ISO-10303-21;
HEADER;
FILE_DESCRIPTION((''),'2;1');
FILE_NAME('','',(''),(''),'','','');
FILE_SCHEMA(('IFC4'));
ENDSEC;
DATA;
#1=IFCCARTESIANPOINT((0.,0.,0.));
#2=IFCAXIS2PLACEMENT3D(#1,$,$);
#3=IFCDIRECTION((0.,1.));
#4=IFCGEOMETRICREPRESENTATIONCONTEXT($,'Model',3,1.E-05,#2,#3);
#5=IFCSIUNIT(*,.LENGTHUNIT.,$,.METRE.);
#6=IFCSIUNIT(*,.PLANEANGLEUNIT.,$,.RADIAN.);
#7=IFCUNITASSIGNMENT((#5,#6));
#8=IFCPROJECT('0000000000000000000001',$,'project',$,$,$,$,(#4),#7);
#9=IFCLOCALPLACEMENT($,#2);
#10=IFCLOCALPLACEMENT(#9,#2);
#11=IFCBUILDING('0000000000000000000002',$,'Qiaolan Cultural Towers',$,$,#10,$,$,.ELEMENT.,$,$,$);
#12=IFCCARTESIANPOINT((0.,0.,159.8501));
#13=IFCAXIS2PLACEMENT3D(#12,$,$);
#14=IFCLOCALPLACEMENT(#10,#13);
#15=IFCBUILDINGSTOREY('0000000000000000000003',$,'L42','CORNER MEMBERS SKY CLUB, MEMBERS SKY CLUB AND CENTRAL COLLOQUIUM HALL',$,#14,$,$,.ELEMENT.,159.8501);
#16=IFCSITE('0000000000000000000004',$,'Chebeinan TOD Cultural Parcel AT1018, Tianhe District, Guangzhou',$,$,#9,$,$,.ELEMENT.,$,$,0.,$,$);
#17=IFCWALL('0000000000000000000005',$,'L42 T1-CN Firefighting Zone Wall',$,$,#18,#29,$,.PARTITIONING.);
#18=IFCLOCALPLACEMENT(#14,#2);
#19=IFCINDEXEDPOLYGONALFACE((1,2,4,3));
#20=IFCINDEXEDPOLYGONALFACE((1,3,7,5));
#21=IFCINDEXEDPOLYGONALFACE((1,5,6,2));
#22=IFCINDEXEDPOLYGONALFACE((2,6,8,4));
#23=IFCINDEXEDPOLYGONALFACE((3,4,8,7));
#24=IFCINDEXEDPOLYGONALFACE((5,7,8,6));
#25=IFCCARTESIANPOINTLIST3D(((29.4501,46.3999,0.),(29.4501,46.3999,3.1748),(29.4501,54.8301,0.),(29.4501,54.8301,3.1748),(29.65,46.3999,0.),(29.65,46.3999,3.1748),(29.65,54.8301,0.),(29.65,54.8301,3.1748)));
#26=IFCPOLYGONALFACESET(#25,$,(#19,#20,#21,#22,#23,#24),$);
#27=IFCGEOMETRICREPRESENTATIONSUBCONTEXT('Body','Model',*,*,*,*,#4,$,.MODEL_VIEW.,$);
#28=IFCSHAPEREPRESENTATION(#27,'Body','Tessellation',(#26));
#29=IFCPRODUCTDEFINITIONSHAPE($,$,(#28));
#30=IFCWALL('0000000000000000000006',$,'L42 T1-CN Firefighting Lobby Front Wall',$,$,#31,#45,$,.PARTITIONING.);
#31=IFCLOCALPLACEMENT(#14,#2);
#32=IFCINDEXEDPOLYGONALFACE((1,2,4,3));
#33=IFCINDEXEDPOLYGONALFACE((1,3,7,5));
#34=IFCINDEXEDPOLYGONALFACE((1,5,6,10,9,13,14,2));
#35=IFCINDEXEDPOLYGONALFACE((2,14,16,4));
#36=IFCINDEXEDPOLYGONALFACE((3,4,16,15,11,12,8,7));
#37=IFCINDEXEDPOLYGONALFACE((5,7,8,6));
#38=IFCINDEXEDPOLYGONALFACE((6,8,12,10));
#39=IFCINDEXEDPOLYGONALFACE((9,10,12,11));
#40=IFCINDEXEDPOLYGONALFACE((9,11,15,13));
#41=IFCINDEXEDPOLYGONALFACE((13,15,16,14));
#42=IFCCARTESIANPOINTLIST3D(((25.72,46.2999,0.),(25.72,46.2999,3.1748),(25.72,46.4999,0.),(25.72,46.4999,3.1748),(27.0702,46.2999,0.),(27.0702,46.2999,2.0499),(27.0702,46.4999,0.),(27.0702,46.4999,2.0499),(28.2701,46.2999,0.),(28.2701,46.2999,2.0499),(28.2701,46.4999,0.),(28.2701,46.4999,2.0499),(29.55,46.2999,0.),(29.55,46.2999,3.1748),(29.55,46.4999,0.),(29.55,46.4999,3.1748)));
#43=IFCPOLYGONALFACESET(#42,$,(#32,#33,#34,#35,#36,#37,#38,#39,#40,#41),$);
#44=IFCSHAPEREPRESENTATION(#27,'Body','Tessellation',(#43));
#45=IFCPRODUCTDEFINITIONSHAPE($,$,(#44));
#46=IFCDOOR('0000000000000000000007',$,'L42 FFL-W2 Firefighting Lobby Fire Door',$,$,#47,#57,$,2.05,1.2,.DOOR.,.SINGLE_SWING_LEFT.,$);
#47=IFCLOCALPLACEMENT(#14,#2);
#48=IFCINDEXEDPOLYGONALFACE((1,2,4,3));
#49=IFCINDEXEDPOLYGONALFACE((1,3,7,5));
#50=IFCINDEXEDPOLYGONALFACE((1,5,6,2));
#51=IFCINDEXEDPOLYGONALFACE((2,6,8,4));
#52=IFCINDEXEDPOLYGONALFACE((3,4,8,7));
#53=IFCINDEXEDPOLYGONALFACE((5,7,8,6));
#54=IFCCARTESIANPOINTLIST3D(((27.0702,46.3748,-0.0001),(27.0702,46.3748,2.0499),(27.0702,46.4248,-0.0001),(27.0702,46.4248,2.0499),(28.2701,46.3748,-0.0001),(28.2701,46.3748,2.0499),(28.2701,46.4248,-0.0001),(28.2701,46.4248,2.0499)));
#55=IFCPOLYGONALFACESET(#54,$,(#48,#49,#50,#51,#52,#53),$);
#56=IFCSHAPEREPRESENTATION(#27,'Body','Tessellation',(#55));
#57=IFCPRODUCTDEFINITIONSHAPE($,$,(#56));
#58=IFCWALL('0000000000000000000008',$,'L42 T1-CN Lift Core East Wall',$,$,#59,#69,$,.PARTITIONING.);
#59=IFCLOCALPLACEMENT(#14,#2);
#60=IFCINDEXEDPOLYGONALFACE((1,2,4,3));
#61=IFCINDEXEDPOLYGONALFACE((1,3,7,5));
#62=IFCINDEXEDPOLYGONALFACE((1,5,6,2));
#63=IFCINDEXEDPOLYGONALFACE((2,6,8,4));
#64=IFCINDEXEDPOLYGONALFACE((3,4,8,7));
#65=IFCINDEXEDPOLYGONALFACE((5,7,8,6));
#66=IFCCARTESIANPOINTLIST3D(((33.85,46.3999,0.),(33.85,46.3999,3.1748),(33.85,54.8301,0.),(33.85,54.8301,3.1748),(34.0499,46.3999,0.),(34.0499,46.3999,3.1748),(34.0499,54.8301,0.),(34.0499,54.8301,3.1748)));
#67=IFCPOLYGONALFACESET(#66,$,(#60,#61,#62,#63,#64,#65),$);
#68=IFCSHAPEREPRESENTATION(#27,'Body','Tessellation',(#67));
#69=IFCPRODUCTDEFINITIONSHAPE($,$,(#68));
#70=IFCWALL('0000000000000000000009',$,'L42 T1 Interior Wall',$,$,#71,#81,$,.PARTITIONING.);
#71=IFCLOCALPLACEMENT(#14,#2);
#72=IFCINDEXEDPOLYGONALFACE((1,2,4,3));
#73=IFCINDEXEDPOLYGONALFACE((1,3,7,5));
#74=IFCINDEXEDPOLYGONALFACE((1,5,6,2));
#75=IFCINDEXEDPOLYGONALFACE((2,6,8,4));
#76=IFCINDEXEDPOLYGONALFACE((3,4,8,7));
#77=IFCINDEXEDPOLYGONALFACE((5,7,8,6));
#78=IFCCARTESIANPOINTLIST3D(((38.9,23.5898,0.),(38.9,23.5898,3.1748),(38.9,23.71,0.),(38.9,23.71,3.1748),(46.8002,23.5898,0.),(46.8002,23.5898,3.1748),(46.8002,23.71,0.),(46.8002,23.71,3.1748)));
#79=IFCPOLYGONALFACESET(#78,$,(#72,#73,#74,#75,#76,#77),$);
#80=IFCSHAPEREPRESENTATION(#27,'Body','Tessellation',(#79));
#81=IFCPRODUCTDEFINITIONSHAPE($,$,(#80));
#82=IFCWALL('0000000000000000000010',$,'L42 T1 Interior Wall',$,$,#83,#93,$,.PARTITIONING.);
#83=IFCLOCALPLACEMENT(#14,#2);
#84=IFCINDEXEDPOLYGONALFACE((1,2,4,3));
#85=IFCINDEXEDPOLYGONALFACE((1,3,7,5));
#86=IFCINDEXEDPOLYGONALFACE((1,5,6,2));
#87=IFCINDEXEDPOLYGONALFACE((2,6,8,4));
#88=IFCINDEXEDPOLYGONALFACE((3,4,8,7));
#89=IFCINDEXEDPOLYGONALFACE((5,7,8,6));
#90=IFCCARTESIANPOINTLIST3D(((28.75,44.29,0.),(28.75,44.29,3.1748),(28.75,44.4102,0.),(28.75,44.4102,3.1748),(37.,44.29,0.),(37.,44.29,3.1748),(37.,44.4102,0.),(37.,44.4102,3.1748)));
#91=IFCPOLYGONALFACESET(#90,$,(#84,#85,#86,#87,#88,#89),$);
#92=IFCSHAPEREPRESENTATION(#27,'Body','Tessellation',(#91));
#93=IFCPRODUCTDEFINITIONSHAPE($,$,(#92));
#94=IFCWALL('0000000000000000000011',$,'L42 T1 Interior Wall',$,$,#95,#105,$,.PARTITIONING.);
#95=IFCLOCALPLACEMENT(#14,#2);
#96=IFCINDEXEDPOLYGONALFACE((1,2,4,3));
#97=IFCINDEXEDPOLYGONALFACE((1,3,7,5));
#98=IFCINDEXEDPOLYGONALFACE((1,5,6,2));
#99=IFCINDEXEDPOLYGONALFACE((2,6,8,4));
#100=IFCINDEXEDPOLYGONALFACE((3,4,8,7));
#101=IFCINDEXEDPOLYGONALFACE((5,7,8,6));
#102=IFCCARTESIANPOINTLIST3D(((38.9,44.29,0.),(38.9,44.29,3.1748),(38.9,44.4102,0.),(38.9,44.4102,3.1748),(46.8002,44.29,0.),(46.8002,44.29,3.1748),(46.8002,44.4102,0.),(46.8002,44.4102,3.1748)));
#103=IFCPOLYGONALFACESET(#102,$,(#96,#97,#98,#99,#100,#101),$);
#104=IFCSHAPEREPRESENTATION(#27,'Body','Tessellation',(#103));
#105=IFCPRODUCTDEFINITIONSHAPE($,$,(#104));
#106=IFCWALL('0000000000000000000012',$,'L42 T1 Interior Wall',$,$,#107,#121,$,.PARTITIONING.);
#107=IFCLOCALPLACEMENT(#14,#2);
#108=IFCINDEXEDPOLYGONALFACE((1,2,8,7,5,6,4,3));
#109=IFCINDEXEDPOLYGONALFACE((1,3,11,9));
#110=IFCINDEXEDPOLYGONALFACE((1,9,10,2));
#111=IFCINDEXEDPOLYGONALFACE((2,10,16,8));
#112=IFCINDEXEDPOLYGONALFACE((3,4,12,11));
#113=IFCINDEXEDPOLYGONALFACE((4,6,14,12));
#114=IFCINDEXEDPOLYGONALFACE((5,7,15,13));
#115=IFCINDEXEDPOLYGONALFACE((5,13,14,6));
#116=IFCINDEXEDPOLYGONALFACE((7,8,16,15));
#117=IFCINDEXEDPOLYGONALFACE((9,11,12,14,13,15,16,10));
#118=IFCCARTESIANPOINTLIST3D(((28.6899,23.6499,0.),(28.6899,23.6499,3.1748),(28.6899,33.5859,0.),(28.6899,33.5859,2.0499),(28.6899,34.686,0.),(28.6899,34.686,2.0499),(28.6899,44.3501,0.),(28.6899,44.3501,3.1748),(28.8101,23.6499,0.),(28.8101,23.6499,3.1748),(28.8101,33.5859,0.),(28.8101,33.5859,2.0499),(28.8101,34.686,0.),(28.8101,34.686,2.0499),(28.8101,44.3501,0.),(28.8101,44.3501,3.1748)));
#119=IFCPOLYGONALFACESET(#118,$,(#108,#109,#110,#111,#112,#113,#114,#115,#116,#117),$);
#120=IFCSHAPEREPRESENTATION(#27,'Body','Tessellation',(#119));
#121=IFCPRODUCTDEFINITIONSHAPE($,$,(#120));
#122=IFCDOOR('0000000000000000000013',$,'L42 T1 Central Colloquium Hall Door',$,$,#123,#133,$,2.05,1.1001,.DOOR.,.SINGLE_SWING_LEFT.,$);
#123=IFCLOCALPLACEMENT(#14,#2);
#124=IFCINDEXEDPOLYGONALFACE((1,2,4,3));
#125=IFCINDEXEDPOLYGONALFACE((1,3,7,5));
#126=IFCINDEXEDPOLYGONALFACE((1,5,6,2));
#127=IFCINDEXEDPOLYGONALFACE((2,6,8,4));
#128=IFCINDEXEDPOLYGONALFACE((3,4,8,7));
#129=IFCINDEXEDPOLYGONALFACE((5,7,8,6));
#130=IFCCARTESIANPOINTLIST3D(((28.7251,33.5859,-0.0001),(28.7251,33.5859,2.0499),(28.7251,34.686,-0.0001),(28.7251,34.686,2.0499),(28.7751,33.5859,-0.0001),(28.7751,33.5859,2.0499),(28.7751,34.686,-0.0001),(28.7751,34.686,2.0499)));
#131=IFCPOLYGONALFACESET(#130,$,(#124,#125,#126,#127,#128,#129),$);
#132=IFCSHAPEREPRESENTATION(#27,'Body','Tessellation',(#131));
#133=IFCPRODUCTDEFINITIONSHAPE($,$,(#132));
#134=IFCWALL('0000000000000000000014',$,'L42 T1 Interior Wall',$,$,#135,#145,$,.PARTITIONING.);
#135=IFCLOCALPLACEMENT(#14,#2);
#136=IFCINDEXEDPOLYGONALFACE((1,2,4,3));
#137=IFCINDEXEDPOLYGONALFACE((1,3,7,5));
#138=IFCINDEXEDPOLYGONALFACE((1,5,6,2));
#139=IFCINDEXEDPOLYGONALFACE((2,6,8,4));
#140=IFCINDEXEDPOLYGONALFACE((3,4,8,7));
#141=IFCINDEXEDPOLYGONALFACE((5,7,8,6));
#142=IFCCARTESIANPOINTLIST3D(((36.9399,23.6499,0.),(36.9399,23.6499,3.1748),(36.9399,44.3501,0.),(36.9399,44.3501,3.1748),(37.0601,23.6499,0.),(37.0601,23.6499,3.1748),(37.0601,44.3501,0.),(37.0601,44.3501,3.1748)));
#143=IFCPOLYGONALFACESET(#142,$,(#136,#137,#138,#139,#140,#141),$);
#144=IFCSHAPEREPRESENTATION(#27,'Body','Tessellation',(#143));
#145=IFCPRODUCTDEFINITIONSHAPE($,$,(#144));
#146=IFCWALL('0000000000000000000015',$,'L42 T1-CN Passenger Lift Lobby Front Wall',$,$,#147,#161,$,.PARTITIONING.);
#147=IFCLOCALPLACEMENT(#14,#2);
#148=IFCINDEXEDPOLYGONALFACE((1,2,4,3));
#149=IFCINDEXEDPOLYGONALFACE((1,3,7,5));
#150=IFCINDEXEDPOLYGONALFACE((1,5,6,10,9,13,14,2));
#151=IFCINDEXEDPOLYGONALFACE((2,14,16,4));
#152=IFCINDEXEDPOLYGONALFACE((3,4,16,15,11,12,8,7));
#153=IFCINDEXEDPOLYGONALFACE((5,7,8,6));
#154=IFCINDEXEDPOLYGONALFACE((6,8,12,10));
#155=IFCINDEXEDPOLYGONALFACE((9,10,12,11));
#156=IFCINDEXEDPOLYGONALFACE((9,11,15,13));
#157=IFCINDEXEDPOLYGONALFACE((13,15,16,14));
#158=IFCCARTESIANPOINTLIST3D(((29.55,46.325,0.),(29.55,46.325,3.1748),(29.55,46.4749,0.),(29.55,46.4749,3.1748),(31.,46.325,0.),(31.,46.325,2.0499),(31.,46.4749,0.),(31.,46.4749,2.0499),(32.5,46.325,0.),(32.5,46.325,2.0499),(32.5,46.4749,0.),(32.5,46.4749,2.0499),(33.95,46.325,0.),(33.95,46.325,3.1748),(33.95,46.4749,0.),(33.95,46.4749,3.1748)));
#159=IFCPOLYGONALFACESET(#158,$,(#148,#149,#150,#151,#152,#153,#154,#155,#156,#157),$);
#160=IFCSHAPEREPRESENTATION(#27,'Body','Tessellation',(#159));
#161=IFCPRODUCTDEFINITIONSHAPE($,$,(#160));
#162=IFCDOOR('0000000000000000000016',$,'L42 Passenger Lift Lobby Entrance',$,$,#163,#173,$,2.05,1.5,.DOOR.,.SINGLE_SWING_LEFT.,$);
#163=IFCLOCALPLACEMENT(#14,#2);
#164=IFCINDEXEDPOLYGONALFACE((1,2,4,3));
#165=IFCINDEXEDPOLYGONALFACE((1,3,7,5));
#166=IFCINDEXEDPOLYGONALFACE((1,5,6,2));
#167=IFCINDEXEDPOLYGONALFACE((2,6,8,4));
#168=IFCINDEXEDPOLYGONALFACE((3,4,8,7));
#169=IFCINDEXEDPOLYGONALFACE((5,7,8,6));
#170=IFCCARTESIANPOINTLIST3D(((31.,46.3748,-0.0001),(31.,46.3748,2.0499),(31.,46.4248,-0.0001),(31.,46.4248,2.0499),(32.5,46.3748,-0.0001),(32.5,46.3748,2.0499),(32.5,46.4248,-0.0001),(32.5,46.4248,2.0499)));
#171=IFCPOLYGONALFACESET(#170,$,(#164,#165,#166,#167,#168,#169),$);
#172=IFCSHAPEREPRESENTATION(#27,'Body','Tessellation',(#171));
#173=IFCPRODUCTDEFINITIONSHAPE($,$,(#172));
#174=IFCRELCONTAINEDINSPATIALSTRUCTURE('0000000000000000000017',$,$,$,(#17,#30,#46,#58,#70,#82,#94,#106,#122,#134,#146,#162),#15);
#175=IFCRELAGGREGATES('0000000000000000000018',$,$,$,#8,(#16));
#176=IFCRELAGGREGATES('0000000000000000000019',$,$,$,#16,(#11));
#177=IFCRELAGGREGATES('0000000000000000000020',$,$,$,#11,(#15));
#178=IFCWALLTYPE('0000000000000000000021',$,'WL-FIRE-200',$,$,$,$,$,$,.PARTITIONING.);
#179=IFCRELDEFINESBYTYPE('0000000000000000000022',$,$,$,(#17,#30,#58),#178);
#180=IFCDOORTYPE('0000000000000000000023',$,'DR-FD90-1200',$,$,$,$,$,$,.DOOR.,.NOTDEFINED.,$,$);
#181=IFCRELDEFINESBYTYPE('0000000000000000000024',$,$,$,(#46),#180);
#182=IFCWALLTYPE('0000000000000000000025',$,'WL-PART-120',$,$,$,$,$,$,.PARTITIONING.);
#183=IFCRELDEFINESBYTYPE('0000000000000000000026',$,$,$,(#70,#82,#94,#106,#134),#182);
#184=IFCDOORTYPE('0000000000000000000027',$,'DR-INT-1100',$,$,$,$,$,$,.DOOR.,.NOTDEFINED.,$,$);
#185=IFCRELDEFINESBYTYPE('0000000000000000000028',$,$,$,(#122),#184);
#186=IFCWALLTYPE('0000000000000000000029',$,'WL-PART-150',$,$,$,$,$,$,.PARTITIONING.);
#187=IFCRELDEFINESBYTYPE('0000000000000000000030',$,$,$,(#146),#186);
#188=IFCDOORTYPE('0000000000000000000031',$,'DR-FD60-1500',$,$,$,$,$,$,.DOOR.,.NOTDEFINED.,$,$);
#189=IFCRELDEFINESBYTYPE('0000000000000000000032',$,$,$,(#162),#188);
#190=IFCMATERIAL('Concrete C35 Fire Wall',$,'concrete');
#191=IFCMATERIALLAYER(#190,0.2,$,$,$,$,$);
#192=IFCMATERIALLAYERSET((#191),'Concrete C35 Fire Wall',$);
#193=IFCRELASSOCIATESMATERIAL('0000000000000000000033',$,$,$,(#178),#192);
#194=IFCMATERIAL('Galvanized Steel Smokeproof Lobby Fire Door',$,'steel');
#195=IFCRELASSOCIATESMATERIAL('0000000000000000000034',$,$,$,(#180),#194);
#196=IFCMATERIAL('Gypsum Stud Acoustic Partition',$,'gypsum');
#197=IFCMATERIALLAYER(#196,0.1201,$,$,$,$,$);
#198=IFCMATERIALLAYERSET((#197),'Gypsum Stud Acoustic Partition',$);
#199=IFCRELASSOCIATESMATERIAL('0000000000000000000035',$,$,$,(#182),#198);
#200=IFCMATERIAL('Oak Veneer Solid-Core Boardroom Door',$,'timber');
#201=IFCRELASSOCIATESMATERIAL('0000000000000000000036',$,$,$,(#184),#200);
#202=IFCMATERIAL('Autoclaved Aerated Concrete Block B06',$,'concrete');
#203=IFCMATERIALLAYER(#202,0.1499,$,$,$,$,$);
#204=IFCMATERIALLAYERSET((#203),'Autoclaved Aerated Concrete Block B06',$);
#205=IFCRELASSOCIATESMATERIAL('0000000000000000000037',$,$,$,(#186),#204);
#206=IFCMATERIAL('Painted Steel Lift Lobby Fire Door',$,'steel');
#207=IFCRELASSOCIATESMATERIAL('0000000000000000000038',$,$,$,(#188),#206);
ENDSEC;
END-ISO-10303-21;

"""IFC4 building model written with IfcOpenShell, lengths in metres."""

from ifc_helpers import new_model, si_unit, direction, frame, frame_2d, origin, place, context, subcontext, project, spatial, rectangle, extrude, material, layer, layer_set, type_object, element, fill, save


model = new_model("IFC4")

# Units and contexts
model_context = context("Model", 3, precision=1e-05, world=origin(), true_north=direction((0.0, 1.0)))
body_context = subcontext(model_context, "Body", "Model", "MODEL_VIEW")
ifc_project = project(units=[si_unit("LENGTHUNIT", "METRE"), si_unit("PLANEANGLEUNIT", "RADIAN")], contexts=[model_context])

# Site, building, storey
site_placement = place(None, origin())
site = spatial("IfcSite", under=ifc_project, at=site_placement, Name="Chebeinan TOD Cultural Parcel AT1018, Tianhe District, Guangzhou", CompositionType="ELEMENT", RefElevation=0.0)
building_placement = place(site_placement, origin())
building = spatial("IfcBuilding", under=site, at=building_placement, Name="Qiaolan Cultural Towers", CompositionType="ELEMENT")
storey_placement = place(building_placement, frame((0.0, 0.0, 159.8501)))
storey = spatial("IfcBuildingStorey", under=building, at=storey_placement, Name="L42", Description="CORNER MEMBERS SKY CLUB, MEMBERS SKY CLUB AND CENTRAL COLLOQUIUM HALL", CompositionType="ELEMENT", Elevation=159.8501)

# Shared definitions
ifc_material_1 = material(Name="Concrete C35 Fire Wall", Category="concrete")
ifc_layer_1 = layer(ifc_material_1, 0.2)
ifc_layer_set_1 = layer_set([ifc_layer_1], Name="Concrete C35 Fire Wall")
wall_type_1 = type_object("IfcWallType", Name="WL-FIRE-200", PredefinedType="PARTITIONING", material=ifc_layer_set_1)

# Wall
wall_1_placement = place(storey_placement, frame((29.55, 46.3999, 0.0), z_axis=(0.0, 0.0, 1.0), x_axis=(0.0, 1.0, 0.0)))
element("IfcWall", 1, at=wall_1_placement, inside=storey, type_object=wall_type_1, Name="L42 T1-CN Firefighting Zone Wall", PredefinedType="PARTITIONING", context=body_context, shape_type="SweptSolid", body=[
    extrude(rectangle(XDim=8.4302, YDim=0.2, at=frame_2d((4.2151, 0.0))), origin(), (0.0, 0.0, 1.0), 3.1748),
])

# Wall, opening, door
wall_2_placement = place(storey_placement, frame((25.72, 46.3999, 0.0), z_axis=(0.0, 0.0, 1.0), x_axis=(1.0, 0.0, 0.0)))
wall_2 = element("IfcWall", 2, at=wall_2_placement, inside=storey, type_object=wall_type_1, Name="L42 T1-CN Firefighting Lobby Front Wall", PredefinedType="PARTITIONING", context=body_context, shape_type="SweptSolid", body=[
    extrude(rectangle(XDim=3.8301, YDim=0.2, at=frame_2d((1.915, 0.0))), origin(), (0.0, 0.0, 1.0), 3.1748),
])
opening_1_placement = place(wall_2_placement, frame((1.3501, 0.0, 0.0)))
opening_1 = element("IfcOpeningElement", 3, at=opening_1_placement, cuts=wall_2, PredefinedType="OPENING", context=body_context, shape_type="SweptSolid", body=[
    extrude(rectangle(XDim=1.2, YDim=2.05, at=frame_2d((0.6001, 1.0249))), frame((0.0, 0.1099, 0.0), z_axis=(0.0, -1.0, 0.0), x_axis=(1.0, 0.0, 0.0)), (0.0, 0.0, 1.0), 0.22),
])
ifc_material_2 = material(Name="Galvanized Steel Smokeproof Lobby Fire Door", Category="steel")
door_type_1 = type_object("IfcDoorType", Name="DR-FD90-1200", OperationType="NOTDEFINED", PredefinedType="DOOR", material=ifc_material_2)
door_1_placement = place(opening_1_placement, origin())
door_1 = element("IfcDoor", 4, at=door_1_placement, inside=storey, type_object=door_type_1, Name="L42 FFL-W2 Firefighting Lobby Fire Door", OperationType="SINGLE_SWING_LEFT", OverallHeight=2.05, OverallWidth=1.2, PredefinedType="DOOR", context=body_context, shape_type="SweptSolid", body=[
    extrude(rectangle(XDim=1.2, YDim=2.05, at=frame_2d((0.6001, 1.0249))), frame((0.0, 0.0249, 0.0), z_axis=(0.0, -1.0, 0.0), x_axis=(1.0, 0.0, 0.0)), (0.0, 0.0, 1.0), 0.05),
])
fill(opening_1, door_1)

# Walls
wall_3_placement = place(storey_placement, frame((33.95, 46.3999, 0.0), z_axis=(0.0, 0.0, 1.0), x_axis=(0.0, 1.0, 0.0)))
element("IfcWall", 5, at=wall_3_placement, inside=storey, type_object=wall_type_1, Name="L42 T1-CN Lift Core East Wall", PredefinedType="PARTITIONING", context=body_context, shape_type="SweptSolid", body=[
    extrude(rectangle(XDim=8.4302, YDim=0.2, at=frame_2d((4.2151, 0.0))), origin(), (0.0, 0.0, 1.0), 3.1748),
])
ifc_material_3 = material(Name="Gypsum Stud Acoustic Partition", Category="gypsum")
ifc_layer_2 = layer(ifc_material_3, 0.1201)
ifc_layer_set_2 = layer_set([ifc_layer_2], Name="Gypsum Stud Acoustic Partition")
wall_type_2 = type_object("IfcWallType", Name="WL-PART-120", PredefinedType="PARTITIONING", material=ifc_layer_set_2)
wall_4_placement = place(storey_placement, frame((38.8999, 23.6499, 0.0), z_axis=(0.0, 0.0, 1.0), x_axis=(1.0, 0.0, 0.0)))
element("IfcWall", 6, at=wall_4_placement, inside=storey, type_object=wall_type_2, Name="L42 T1 Interior Wall", PredefinedType="PARTITIONING", context=body_context, shape_type="SweptSolid", body=[
    extrude(rectangle(XDim=7.9001, YDim=0.1201, at=frame_2d((3.9502, 0.0))), origin(), (0.0, 0.0, 1.0), 3.1748),
])
wall_5_placement = place(storey_placement, frame((28.75, 44.3501, 0.0), z_axis=(0.0, 0.0, 1.0), x_axis=(1.0, 0.0, 0.0)))
element("IfcWall", 7, at=wall_5_placement, inside=storey, type_object=wall_type_2, Name="L42 T1 Interior Wall", PredefinedType="PARTITIONING", context=body_context, shape_type="SweptSolid", body=[
    extrude(rectangle(XDim=8.25, YDim=0.1201, at=frame_2d((4.125, 0.0))), origin(), (0.0, 0.0, 1.0), 3.1748),
])
wall_6_placement = place(storey_placement, frame((38.8999, 44.3501, 0.0), z_axis=(0.0, 0.0, 1.0), x_axis=(1.0, 0.0, 0.0)))
element("IfcWall", 8, at=wall_6_placement, inside=storey, type_object=wall_type_2, Name="L42 T1 Interior Wall", PredefinedType="PARTITIONING", context=body_context, shape_type="SweptSolid", body=[
    extrude(rectangle(XDim=7.9001, YDim=0.1201, at=frame_2d((3.9502, 0.0))), origin(), (0.0, 0.0, 1.0), 3.1748),
])

# Wall, opening, door
wall_7_placement = place(storey_placement, frame((28.75, 23.6499, 0.0), z_axis=(0.0, 0.0, 1.0), x_axis=(0.0, 1.0, 0.0)))
wall_7 = element("IfcWall", 9, at=wall_7_placement, inside=storey, type_object=wall_type_2, Name="L42 T1 Interior Wall", PredefinedType="PARTITIONING", context=body_context, shape_type="SweptSolid", body=[
    extrude(rectangle(XDim=20.7002, YDim=0.1201, at=frame_2d((10.3501, 0.0))), origin(), (0.0, 0.0, 1.0), 3.1748),
])
opening_2_placement = place(wall_7_placement, frame((9.936, 0.0, 0.0)))
opening_2 = element("IfcOpeningElement", 10, at=opening_2_placement, cuts=wall_7, PredefinedType="OPENING", context=body_context, shape_type="SweptSolid", body=[
    extrude(rectangle(XDim=1.1001, YDim=2.05, at=frame_2d((0.55, 1.0249))), frame((0.0, 0.0701, 0.0), z_axis=(0.0, -1.0, 0.0), x_axis=(1.0, 0.0, 0.0)), (0.0, 0.0, 1.0), 0.1401),
])
ifc_material_4 = material(Name="Oak Veneer Solid-Core Boardroom Door", Category="timber")
door_type_2 = type_object("IfcDoorType", Name="DR-INT-1100", OperationType="NOTDEFINED", PredefinedType="DOOR", material=ifc_material_4)
door_2_placement = place(opening_2_placement, origin())
door_2 = element("IfcDoor", 11, at=door_2_placement, inside=storey, type_object=door_type_2, Name="L42 T1 Central Colloquium Hall Door", OperationType="SINGLE_SWING_LEFT", OverallHeight=2.05, OverallWidth=1.1001, PredefinedType="DOOR", context=body_context, shape_type="SweptSolid", body=[
    extrude(rectangle(XDim=1.1001, YDim=2.05, at=frame_2d((0.55, 1.0249))), frame((0.0, 0.0249, 0.0), z_axis=(0.0, -1.0, 0.0), x_axis=(1.0, 0.0, 0.0)), (0.0, 0.0, 1.0), 0.05),
])
fill(opening_2, door_2)

# Wall
wall_8_placement = place(storey_placement, frame((37.0, 23.6499, 0.0), z_axis=(0.0, 0.0, 1.0), x_axis=(0.0, 1.0, 0.0)))
element("IfcWall", 12, at=wall_8_placement, inside=storey, type_object=wall_type_2, Name="L42 T1 Interior Wall", PredefinedType="PARTITIONING", context=body_context, shape_type="SweptSolid", body=[
    extrude(rectangle(XDim=20.7002, YDim=0.1201, at=frame_2d((10.3501, 0.0))), origin(), (0.0, 0.0, 1.0), 3.1748),
])

# Wall, opening, door
ifc_material_5 = material(Name="Autoclaved Aerated Concrete Block B06", Category="concrete")
ifc_layer_3 = layer(ifc_material_5, 0.1499)
ifc_layer_set_3 = layer_set([ifc_layer_3], Name="Autoclaved Aerated Concrete Block B06")
wall_type_3 = type_object("IfcWallType", Name="WL-PART-150", PredefinedType="PARTITIONING", material=ifc_layer_set_3)
wall_9_placement = place(storey_placement, frame((29.55, 46.3999, 0.0), z_axis=(0.0, 0.0, 1.0), x_axis=(1.0, 0.0, 0.0)))
wall_9 = element("IfcWall", 13, at=wall_9_placement, inside=storey, type_object=wall_type_3, Name="L42 T1-CN Passenger Lift Lobby Front Wall", PredefinedType="PARTITIONING", context=body_context, shape_type="SweptSolid", body=[
    extrude(rectangle(XDim=4.3999, YDim=0.1499, at=frame_2d((2.2, 0.0))), origin(), (0.0, 0.0, 1.0), 3.1748),
])
opening_3_placement = place(wall_9_placement, frame((1.45, 0.0, 0.0)))
opening_3 = element("IfcOpeningElement", 14, at=opening_3_placement, cuts=wall_9, PredefinedType="OPENING", context=body_context, shape_type="SweptSolid", body=[
    extrude(rectangle(XDim=1.5, YDim=2.05, at=frame_2d((0.75, 1.0249))), frame((0.0, 0.085, 0.0), z_axis=(0.0, -1.0, 0.0), x_axis=(1.0, 0.0, 0.0)), (0.0, 0.0, 1.0), 0.1699),
])
ifc_material_6 = material(Name="Painted Steel Lift Lobby Fire Door", Category="steel")
door_type_3 = type_object("IfcDoorType", Name="DR-FD60-1500", OperationType="NOTDEFINED", PredefinedType="DOOR", material=ifc_material_6)
door_3_placement = place(opening_3_placement, origin())
door_3 = element("IfcDoor", 15, at=door_3_placement, inside=storey, type_object=door_type_3, Name="L42 Passenger Lift Lobby Entrance", OperationType="SINGLE_SWING_LEFT", OverallHeight=2.05, OverallWidth=1.5, PredefinedType="DOOR", context=body_context, shape_type="SweptSolid", body=[
    extrude(rectangle(XDim=1.5, YDim=2.05, at=frame_2d((0.75, 1.0249))), frame((0.0, 0.0249, 0.0), z_axis=(0.0, -1.0, 0.0), x_axis=(1.0, 0.0, 0.0)), (0.0, 0.0, 1.0), 0.05),
])
fill(opening_3, door_3)

save(model, "model.ifc")
